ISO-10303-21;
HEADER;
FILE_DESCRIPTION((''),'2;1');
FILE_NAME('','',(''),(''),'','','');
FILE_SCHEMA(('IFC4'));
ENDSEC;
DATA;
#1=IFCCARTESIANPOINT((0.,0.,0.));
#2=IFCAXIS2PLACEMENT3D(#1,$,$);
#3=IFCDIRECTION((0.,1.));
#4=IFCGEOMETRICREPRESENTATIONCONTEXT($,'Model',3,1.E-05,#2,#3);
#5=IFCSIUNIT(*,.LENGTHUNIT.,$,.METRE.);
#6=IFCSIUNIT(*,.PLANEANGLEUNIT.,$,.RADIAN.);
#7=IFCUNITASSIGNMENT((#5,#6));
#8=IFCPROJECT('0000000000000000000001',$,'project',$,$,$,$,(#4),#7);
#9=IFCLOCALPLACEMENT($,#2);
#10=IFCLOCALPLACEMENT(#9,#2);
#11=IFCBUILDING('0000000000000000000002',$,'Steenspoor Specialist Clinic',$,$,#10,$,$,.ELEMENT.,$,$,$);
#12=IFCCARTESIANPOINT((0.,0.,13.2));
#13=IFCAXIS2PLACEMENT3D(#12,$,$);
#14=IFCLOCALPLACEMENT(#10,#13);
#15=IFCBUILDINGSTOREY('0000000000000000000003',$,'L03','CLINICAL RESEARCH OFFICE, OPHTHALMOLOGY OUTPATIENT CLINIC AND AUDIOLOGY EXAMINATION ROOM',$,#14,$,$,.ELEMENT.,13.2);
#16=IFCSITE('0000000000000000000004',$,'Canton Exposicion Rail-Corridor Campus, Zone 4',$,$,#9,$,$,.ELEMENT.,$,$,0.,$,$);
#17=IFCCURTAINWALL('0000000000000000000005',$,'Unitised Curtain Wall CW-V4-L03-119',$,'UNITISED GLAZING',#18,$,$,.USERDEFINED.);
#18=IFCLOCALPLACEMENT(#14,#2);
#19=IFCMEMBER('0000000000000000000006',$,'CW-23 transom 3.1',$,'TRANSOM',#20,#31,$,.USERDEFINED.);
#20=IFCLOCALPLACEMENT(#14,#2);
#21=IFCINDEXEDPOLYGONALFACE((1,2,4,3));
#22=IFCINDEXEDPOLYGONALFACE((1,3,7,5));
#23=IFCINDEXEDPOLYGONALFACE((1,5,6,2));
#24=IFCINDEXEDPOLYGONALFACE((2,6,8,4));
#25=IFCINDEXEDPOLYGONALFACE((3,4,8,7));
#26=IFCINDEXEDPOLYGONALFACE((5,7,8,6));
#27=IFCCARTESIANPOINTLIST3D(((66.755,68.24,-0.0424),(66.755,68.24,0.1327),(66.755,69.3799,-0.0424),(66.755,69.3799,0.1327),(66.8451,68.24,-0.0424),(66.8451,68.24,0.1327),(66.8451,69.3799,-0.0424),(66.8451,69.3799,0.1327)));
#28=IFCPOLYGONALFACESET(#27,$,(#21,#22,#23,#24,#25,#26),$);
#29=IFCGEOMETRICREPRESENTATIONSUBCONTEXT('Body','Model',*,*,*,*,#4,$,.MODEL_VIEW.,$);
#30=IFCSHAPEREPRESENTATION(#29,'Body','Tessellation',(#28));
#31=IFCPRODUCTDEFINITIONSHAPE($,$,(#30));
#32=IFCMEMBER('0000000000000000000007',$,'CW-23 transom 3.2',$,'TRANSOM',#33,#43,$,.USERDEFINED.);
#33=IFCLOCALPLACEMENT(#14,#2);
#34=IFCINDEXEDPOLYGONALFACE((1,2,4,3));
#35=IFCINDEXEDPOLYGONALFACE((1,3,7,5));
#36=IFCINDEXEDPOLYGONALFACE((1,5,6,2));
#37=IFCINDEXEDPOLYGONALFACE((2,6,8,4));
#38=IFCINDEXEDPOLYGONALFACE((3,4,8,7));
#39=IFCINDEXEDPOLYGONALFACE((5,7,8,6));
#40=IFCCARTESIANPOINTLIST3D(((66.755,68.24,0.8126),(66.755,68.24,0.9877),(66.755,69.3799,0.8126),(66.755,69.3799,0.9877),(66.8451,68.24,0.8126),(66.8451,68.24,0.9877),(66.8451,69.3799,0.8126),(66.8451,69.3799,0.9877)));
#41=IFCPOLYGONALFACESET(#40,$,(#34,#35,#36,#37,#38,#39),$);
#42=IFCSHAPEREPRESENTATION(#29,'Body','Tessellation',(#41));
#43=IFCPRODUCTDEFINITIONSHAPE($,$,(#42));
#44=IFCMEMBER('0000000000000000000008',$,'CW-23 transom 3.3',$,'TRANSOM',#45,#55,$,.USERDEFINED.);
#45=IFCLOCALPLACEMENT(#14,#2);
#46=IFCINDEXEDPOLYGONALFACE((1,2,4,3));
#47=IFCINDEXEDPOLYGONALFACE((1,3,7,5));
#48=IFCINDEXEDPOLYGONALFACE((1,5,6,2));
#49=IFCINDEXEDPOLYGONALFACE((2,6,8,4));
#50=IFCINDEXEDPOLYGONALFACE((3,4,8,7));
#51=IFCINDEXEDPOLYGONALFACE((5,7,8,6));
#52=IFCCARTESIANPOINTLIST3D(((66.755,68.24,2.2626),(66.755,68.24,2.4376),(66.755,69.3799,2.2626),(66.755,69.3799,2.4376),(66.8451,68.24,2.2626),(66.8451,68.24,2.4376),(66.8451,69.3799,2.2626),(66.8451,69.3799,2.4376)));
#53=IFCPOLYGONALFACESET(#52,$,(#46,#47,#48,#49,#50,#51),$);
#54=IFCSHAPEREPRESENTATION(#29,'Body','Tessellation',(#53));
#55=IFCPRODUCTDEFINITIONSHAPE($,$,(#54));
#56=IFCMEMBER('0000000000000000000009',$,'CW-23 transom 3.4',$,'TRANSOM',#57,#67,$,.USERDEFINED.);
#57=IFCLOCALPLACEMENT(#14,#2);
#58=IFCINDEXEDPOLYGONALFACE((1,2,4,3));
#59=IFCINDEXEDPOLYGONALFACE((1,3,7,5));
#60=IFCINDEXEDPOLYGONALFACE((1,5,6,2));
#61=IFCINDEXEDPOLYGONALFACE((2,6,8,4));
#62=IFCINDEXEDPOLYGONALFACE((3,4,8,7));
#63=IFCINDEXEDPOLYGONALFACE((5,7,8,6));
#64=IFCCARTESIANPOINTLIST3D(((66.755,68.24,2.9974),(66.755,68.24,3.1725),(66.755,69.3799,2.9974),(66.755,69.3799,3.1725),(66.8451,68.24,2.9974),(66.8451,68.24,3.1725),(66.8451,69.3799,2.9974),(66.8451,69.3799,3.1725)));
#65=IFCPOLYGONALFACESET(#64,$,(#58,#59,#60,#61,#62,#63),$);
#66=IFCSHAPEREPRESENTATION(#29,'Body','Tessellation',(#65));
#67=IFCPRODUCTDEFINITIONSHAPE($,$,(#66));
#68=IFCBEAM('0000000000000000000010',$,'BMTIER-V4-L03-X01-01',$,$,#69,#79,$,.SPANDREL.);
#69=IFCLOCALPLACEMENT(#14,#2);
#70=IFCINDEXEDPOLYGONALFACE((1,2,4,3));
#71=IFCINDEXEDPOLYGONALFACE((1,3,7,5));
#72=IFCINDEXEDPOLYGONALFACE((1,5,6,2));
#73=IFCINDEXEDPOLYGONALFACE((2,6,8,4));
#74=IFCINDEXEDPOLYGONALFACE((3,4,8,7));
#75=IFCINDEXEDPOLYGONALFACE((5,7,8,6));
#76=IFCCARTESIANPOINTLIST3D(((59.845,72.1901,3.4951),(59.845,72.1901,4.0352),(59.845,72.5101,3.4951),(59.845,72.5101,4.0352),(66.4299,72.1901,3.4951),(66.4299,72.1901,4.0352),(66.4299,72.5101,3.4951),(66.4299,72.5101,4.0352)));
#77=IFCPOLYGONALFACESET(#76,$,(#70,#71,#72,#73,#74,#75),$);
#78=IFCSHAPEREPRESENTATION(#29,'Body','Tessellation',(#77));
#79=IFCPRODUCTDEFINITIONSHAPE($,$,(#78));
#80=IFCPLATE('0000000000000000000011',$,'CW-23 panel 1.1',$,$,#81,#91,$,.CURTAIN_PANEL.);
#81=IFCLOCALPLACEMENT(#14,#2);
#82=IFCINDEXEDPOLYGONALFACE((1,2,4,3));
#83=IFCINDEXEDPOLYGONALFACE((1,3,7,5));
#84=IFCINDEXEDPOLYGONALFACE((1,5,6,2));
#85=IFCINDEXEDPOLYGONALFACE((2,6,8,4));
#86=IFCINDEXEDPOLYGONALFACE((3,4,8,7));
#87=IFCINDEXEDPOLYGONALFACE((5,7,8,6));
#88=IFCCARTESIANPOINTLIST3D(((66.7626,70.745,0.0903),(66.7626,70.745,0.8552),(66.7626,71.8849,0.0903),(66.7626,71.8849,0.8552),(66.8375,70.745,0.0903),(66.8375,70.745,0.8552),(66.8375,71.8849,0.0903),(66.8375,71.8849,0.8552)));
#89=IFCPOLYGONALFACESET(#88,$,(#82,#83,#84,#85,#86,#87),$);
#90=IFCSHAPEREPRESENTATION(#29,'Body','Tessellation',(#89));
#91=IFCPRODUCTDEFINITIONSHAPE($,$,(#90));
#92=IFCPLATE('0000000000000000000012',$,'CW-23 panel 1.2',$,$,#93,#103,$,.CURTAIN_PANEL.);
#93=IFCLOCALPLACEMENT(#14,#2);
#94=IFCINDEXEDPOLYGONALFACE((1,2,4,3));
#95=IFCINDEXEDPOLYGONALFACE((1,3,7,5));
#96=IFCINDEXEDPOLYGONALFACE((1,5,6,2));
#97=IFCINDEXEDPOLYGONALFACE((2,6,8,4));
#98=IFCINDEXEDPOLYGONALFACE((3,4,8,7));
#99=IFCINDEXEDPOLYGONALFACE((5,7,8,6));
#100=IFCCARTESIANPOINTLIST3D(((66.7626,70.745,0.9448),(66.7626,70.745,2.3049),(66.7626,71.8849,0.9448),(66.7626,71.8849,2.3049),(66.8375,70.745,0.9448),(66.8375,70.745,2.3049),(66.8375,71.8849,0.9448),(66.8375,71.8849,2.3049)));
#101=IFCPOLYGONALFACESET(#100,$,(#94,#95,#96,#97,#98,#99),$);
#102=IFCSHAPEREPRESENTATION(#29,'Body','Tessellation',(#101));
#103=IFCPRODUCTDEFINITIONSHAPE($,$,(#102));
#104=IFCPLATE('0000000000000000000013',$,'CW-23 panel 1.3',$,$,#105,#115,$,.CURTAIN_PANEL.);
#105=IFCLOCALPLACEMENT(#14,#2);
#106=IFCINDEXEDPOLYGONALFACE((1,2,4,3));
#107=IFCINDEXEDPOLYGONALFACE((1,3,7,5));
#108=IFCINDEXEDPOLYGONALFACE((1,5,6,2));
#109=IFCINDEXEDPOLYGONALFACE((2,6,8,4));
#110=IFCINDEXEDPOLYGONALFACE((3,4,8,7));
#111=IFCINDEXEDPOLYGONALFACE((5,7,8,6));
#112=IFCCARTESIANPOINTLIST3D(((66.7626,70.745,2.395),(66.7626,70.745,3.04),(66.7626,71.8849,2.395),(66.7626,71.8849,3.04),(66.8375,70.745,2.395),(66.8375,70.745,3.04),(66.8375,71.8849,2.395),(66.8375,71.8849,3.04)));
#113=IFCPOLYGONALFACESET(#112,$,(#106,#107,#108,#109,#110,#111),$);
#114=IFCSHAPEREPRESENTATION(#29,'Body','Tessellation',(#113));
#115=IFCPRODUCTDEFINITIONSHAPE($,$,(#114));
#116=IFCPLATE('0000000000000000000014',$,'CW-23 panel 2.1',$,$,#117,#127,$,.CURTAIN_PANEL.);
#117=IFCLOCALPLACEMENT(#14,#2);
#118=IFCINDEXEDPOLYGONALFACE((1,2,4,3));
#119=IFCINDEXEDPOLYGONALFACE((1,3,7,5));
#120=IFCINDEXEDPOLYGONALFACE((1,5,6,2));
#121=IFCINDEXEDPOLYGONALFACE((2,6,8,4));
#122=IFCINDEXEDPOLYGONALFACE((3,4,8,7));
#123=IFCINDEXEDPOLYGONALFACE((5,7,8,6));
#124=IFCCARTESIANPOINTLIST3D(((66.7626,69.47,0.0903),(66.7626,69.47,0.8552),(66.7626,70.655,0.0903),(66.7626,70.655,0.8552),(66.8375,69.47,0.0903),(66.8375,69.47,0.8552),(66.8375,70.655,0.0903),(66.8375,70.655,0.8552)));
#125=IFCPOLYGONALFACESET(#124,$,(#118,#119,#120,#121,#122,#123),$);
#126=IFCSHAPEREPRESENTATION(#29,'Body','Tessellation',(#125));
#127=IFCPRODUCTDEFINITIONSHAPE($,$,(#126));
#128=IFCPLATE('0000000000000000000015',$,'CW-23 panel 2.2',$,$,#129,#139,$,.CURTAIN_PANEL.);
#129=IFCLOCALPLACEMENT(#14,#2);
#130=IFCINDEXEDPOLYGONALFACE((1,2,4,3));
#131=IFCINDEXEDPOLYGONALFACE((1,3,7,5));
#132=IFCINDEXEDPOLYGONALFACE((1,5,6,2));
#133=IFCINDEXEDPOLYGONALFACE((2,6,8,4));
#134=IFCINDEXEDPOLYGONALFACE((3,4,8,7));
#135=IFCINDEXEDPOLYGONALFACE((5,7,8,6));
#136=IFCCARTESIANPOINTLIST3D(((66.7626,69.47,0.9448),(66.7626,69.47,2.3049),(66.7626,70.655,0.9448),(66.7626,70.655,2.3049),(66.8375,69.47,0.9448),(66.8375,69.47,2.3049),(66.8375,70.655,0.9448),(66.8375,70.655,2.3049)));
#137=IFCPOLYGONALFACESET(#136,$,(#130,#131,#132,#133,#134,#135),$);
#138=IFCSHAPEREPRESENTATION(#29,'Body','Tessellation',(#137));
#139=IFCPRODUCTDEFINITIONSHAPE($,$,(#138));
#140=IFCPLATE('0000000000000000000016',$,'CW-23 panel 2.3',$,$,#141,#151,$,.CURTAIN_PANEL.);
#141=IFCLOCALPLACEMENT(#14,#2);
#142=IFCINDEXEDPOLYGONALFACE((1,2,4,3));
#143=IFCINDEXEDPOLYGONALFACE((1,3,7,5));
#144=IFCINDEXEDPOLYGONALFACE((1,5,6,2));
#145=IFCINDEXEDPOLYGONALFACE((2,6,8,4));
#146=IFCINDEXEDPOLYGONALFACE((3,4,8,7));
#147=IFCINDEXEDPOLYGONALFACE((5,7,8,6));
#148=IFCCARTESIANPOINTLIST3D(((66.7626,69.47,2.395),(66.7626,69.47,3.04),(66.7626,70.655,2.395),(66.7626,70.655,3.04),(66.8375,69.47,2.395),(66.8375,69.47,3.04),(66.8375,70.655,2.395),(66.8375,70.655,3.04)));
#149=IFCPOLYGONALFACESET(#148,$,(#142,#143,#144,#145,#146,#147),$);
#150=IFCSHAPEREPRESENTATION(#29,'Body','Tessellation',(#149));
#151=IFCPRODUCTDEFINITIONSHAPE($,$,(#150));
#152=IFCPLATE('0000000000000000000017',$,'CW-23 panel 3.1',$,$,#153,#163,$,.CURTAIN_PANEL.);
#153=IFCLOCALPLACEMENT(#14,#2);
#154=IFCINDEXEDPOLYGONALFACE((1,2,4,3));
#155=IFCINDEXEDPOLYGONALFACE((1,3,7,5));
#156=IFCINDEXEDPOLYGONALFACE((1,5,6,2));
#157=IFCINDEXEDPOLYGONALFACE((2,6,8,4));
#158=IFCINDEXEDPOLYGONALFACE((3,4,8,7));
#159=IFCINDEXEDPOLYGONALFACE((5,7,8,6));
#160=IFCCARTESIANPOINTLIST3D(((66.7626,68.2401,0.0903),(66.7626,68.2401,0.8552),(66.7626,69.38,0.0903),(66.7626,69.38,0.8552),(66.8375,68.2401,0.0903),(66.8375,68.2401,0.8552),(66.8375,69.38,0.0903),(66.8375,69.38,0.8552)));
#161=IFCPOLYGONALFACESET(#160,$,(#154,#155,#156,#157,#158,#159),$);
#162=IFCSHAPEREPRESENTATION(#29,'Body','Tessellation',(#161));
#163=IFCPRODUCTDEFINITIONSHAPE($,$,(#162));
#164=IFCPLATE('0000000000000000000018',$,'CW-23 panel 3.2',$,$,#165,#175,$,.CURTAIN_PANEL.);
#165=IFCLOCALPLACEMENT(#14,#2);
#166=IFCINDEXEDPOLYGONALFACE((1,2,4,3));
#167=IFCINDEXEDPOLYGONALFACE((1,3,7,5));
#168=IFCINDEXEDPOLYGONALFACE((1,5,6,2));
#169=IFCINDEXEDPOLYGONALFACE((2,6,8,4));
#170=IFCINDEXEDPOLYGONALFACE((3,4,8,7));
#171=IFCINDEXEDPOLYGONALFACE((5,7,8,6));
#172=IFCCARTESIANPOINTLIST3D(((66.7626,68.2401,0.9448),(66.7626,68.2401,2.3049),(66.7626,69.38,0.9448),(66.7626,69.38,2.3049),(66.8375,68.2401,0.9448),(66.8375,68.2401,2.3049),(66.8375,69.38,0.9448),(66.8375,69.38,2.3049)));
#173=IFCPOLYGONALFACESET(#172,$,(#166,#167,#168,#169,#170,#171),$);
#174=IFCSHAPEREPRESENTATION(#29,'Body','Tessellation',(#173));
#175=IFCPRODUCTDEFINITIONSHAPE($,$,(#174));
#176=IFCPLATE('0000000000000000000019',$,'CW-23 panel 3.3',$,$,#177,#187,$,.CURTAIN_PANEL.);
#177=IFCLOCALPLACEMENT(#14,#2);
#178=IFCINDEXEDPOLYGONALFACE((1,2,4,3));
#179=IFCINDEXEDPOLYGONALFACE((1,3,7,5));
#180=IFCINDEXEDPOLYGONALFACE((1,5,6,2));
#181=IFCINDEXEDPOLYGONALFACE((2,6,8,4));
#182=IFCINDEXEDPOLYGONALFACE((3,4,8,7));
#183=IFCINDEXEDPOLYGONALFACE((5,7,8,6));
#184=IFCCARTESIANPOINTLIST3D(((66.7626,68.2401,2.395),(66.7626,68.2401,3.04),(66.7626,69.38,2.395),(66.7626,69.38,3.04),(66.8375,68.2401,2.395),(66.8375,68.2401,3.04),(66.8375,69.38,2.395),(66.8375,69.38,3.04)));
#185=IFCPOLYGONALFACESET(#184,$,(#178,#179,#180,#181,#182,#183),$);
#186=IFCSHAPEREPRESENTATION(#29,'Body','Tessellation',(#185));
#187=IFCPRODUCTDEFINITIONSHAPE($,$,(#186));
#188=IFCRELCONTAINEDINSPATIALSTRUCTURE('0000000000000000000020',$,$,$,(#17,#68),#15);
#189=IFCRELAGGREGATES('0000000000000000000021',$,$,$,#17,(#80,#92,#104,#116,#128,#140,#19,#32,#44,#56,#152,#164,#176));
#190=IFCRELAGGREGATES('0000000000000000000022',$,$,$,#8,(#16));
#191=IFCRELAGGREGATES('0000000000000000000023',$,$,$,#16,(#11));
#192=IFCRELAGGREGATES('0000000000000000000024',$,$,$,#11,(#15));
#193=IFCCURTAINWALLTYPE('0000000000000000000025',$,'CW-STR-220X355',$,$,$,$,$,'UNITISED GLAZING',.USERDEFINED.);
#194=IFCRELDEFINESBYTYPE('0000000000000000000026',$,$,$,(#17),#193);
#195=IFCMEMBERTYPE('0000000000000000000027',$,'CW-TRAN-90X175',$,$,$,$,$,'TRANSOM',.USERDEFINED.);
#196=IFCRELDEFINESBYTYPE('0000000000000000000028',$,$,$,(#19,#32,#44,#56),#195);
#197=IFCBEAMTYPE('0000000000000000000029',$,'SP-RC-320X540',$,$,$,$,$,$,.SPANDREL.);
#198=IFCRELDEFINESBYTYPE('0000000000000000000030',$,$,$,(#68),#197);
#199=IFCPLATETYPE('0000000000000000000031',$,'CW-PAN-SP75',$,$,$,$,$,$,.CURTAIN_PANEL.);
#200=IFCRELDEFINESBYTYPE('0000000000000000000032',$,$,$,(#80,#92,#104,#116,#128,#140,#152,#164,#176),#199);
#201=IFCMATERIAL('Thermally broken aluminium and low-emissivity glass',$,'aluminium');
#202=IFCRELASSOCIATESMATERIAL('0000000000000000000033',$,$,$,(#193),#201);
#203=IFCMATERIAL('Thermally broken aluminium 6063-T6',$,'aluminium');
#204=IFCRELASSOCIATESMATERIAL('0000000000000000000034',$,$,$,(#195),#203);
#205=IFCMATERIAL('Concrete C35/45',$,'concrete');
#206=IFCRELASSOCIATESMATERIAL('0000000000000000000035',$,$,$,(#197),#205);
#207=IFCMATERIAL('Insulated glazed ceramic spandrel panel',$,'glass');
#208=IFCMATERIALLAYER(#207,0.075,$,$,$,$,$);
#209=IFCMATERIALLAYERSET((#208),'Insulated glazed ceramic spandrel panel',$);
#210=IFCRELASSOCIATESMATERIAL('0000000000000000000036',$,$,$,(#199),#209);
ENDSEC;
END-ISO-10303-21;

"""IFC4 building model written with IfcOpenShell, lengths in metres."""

from ifc_helpers import new_model, si_unit, direction, frame, origin, origin_2d, place, context, subcontext, project, spatial, rectangle, extrude, material, layer, layer_set, material_profile, profile_set, type_object, element, aggregate, save


model = new_model("IFC4")

# Units and contexts
model_context = context("Model", 3, precision=1e-05, world=origin(), true_north=direction((0.0, 1.0)))
body_context = subcontext(model_context, "Body", "Model", "MODEL_VIEW")
ifc_project = project(units=[si_unit("LENGTHUNIT", "METRE"), si_unit("PLANEANGLEUNIT", "RADIAN")], contexts=[model_context])

# Site, building, storey
site_placement = place(None, origin())
site = spatial("IfcSite", under=ifc_project, at=site_placement, Name="Canton Exposicion Rail-Corridor Campus, Zone 4", CompositionType="ELEMENT", RefElevation=0.0)
building_placement = place(site_placement, origin())
building = spatial("IfcBuilding", under=site, at=building_placement, Name="Steenspoor Specialist Clinic", CompositionType="ELEMENT")
storey_placement = place(building_placement, frame((0.0, 0.0, 13.2)))
storey = spatial("IfcBuildingStorey", under=building, at=storey_placement, Name="L03", Description="CLINICAL RESEARCH OFFICE, OPHTHALMOLOGY OUTPATIENT CLINIC AND AUDIOLOGY EXAMINATION ROOM", CompositionType="ELEMENT", Elevation=13.2)

# Curtain wall, members
ifc_material_1 = material(Name="Thermally broken aluminium and low-emissivity glass", Category="aluminium")
curtain_wall_type = type_object("IfcCurtainWallType", Name="CW-STR-220X355", ElementType="UNITISED GLAZING", PredefinedType="USERDEFINED", material=ifc_material_1)
curtain_wall_placement = place(storey_placement, origin())
curtain_wall = element("IfcCurtainWall", 1, at=curtain_wall_placement, inside=storey, type_object=curtain_wall_type, Name="Unitised Curtain Wall CW-V4-L03-119", ObjectType="UNITISED GLAZING", PredefinedType="USERDEFINED")
ifc_material_2 = material(Name="Thermally broken aluminium 6063-T6", Category="aluminium")
ifc_material_profile_1 = material_profile(ifc_material_2, rectangle(XDim=0.0901, YDim=0.175, at=origin_2d()), Name="CWT-90X175")
ifc_profile_set_1 = profile_set([ifc_material_profile_1], Name="Thermally broken aluminium 6063-T6")
member_type_1 = type_object("IfcMemberType", Name="CW-TRAN-90X175", ElementType="TRANSOM", PredefinedType="USERDEFINED", material=ifc_profile_set_1)
member_1_placement = place(storey_placement, frame((66.8, 69.3799, 0.0452), z_axis=(0.0, -1.0, 0.0), x_axis=(1.0, 0.0, 0.0)))
member_1 = element("IfcMember", 2, at=member_1_placement, type_object=member_type_1, Name="CW-23 transom 3.1", ObjectType="TRANSOM", PredefinedType="USERDEFINED", context=body_context, shape_type="SweptSolid", body=[
    extrude(rectangle(XDim=0.0901, YDim=0.175, at=origin_2d()), origin(), (0.0, 0.0, 1.0), 1.1399),
])
member_2_placement = place(storey_placement, frame((66.8, 69.3799, 0.9001), z_axis=(0.0, -1.0, 0.0), x_axis=(1.0, 0.0, 0.0)))
member_2 = element("IfcMember", 3, at=member_2_placement, type_object=member_type_1, Name="CW-23 transom 3.2", ObjectType="TRANSOM", PredefinedType="USERDEFINED", context=body_context, shape_type="SweptSolid", body=[
    extrude(rectangle(XDim=0.0901, YDim=0.175, at=origin_2d()), origin(), (0.0, 0.0, 1.0), 1.1399),
])
member_3_placement = place(storey_placement, frame((66.8, 69.3799, 2.3501), z_axis=(0.0, -1.0, 0.0), x_axis=(1.0, 0.0, 0.0)))
member_3 = element("IfcMember", 4, at=member_3_placement, type_object=member_type_1, Name="CW-23 transom 3.3", ObjectType="TRANSOM", PredefinedType="USERDEFINED", context=body_context, shape_type="SweptSolid", body=[
    extrude(rectangle(XDim=0.0901, YDim=0.175, at=origin_2d()), origin(), (0.0, 0.0, 1.0), 1.1399),
])
member_4_placement = place(storey_placement, frame((66.8, 69.3799, 3.085), z_axis=(0.0, -1.0, 0.0), x_axis=(1.0, 0.0, 0.0)))
member_4 = element("IfcMember", 5, at=member_4_placement, type_object=member_type_1, Name="CW-23 transom 3.4", ObjectType="TRANSOM", PredefinedType="USERDEFINED", context=body_context, shape_type="SweptSolid", body=[
    extrude(rectangle(XDim=0.0901, YDim=0.175, at=origin_2d()), origin(), (0.0, 0.0, 1.0), 1.1399),
])

# Beam
ifc_material_3 = material(Name="Concrete C35/45", Category="concrete")
ifc_material_profile_2 = material_profile(ifc_material_3, rectangle(XDim=0.3201, YDim=0.54, at=origin_2d()), Name="RC-SP-320X540")
ifc_profile_set_2 = profile_set([ifc_material_profile_2], Name="Concrete C35/45")
beam_type = type_object("IfcBeamType", Name="SP-RC-320X540", PredefinedType="SPANDREL", material=ifc_profile_set_2)
beam_placement = place(storey_placement, frame((59.845, 72.3501, 3.7651), z_axis=(1.0, 0.0, 0.0), x_axis=(0.0, 1.0, 0.0)))
element("IfcBeam", 6, at=beam_placement, inside=storey, type_object=beam_type, Name="BMTIER-V4-L03-X01-01", PredefinedType="SPANDREL", context=body_context, shape_type="SweptSolid", body=[
    extrude(rectangle(XDim=0.3201, YDim=0.54, at=origin_2d()), origin(), (0.0, 0.0, 1.0), 6.585),
])

# Plates
ifc_material_4 = material(Name="Insulated glazed ceramic spandrel panel", Category="glass")
ifc_layer_1 = layer(ifc_material_4, 0.075)
ifc_layer_set_1 = layer_set([ifc_layer_1], Name="Insulated glazed ceramic spandrel panel")
plate_type = type_object("IfcPlateType", Name="CW-PAN-SP75", PredefinedType="CURTAIN_PANEL", material=ifc_layer_set_1)
plate_1_placement = place(storey_placement, frame((66.8, 71.3149, 0.0903), z_axis=(0.0, 0.0, 1.0), x_axis=(0.0, -1.0, 0.0)))
plate_1 = element("IfcPlate", 7, at=plate_1_placement, type_object=plate_type, Name="CW-23 panel 1.1", PredefinedType="CURTAIN_PANEL", context=body_context, shape_type="SweptSolid", body=[
    extrude(rectangle(XDim=1.1399, YDim=0.075, at=origin_2d()), origin(), (0.0, 0.0, 1.0), 0.7649),
])
plate_2_placement = place(storey_placement, frame((66.8, 71.3149, 0.9448), z_axis=(0.0, 0.0, 1.0), x_axis=(0.0, -1.0, 0.0)))
plate_2 = element("IfcPlate", 8, at=plate_2_placement, type_object=plate_type, Name="CW-23 panel 1.2", PredefinedType="CURTAIN_PANEL", context=body_context, shape_type="SweptSolid", body=[
    extrude(rectangle(XDim=1.1399, YDim=0.075, at=origin_2d()), origin(), (0.0, 0.0, 1.0), 1.3601),
])
plate_3_placement = place(storey_placement, frame((66.8, 71.3149, 2.395), z_axis=(0.0, 0.0, 1.0), x_axis=(0.0, -1.0, 0.0)))
plate_3 = element("IfcPlate", 9, at=plate_3_placement, type_object=plate_type, Name="CW-23 panel 1.3", PredefinedType="CURTAIN_PANEL", context=body_context, shape_type="SweptSolid", body=[
    extrude(rectangle(XDim=1.1399, YDim=0.075, at=origin_2d()), origin(), (0.0, 0.0, 1.0), 0.645),
])
plate_4_placement = place(storey_placement, frame((66.8, 70.0625, 0.0903), z_axis=(0.0, 0.0, 1.0), x_axis=(0.0, -1.0, 0.0)))
plate_4 = element("IfcPlate", 10, at=plate_4_placement, type_object=plate_type, Name="CW-23 panel 2.1", PredefinedType="CURTAIN_PANEL", context=body_context, shape_type="SweptSolid", body=[
    extrude(rectangle(XDim=1.1851, YDim=0.075, at=origin_2d()), origin(), (0.0, 0.0, 1.0), 0.7649),
])
plate_5_placement = place(storey_placement, frame((66.8, 70.0625, 0.9448), z_axis=(0.0, 0.0, 1.0), x_axis=(0.0, -1.0, 0.0)))
plate_5 = element("IfcPlate", 11, at=plate_5_placement, type_object=plate_type, Name="CW-23 panel 2.2", PredefinedType="CURTAIN_PANEL", context=body_context, shape_type="SweptSolid", body=[
    extrude(rectangle(XDim=1.1851, YDim=0.075, at=origin_2d()), origin(), (0.0, 0.0, 1.0), 1.3601),
])
plate_6_placement = place(storey_placement, frame((66.8, 70.0625, 2.395), z_axis=(0.0, 0.0, 1.0), x_axis=(0.0, -1.0, 0.0)))
plate_6 = element("IfcPlate", 12, at=plate_6_placement, type_object=plate_type, Name="CW-23 panel 2.3", PredefinedType="CURTAIN_PANEL", context=body_context, shape_type="SweptSolid", body=[
    extrude(rectangle(XDim=1.1851, YDim=0.075, at=origin_2d()), origin(), (0.0, 0.0, 1.0), 0.645),
])
plate_7_placement = place(storey_placement, frame((66.8, 68.8101, 0.0903), z_axis=(0.0, 0.0, 1.0), x_axis=(0.0, -1.0, 0.0)))
plate_7 = element("IfcPlate", 13, at=plate_7_placement, type_object=plate_type, Name="CW-23 panel 3.1", PredefinedType="CURTAIN_PANEL", context=body_context, shape_type="SweptSolid", body=[
    extrude(rectangle(XDim=1.1399, YDim=0.075, at=origin_2d()), origin(), (0.0, 0.0, 1.0), 0.7649),
])
plate_8_placement = place(storey_placement, frame((66.8, 68.8101, 0.9448), z_axis=(0.0, 0.0, 1.0), x_axis=(0.0, -1.0, 0.0)))
plate_8 = element("IfcPlate", 14, at=plate_8_placement, type_object=plate_type, Name="CW-23 panel 3.2", PredefinedType="CURTAIN_PANEL", context=body_context, shape_type="SweptSolid", body=[
    extrude(rectangle(XDim=1.1399, YDim=0.075, at=origin_2d()), origin(), (0.0, 0.0, 1.0), 1.3601),
])
plate_9_placement = place(storey_placement, frame((66.8, 68.8101, 2.395), z_axis=(0.0, 0.0, 1.0), x_axis=(0.0, -1.0, 0.0)))
plate_9 = element("IfcPlate", 15, at=plate_9_placement, type_object=plate_type, Name="CW-23 panel 3.3", PredefinedType="CURTAIN_PANEL", context=body_context, shape_type="SweptSolid", body=[
    extrude(rectangle(XDim=1.1399, YDim=0.075, at=origin_2d()), origin(), (0.0, 0.0, 1.0), 0.645),
])
aggregate(curtain_wall, [plate_1, plate_2, plate_3, plate_4, plate_5, plate_6, member_1, member_2, member_3, member_4, plate_7, plate_8, plate_9])

save(model, "model.ifc")
